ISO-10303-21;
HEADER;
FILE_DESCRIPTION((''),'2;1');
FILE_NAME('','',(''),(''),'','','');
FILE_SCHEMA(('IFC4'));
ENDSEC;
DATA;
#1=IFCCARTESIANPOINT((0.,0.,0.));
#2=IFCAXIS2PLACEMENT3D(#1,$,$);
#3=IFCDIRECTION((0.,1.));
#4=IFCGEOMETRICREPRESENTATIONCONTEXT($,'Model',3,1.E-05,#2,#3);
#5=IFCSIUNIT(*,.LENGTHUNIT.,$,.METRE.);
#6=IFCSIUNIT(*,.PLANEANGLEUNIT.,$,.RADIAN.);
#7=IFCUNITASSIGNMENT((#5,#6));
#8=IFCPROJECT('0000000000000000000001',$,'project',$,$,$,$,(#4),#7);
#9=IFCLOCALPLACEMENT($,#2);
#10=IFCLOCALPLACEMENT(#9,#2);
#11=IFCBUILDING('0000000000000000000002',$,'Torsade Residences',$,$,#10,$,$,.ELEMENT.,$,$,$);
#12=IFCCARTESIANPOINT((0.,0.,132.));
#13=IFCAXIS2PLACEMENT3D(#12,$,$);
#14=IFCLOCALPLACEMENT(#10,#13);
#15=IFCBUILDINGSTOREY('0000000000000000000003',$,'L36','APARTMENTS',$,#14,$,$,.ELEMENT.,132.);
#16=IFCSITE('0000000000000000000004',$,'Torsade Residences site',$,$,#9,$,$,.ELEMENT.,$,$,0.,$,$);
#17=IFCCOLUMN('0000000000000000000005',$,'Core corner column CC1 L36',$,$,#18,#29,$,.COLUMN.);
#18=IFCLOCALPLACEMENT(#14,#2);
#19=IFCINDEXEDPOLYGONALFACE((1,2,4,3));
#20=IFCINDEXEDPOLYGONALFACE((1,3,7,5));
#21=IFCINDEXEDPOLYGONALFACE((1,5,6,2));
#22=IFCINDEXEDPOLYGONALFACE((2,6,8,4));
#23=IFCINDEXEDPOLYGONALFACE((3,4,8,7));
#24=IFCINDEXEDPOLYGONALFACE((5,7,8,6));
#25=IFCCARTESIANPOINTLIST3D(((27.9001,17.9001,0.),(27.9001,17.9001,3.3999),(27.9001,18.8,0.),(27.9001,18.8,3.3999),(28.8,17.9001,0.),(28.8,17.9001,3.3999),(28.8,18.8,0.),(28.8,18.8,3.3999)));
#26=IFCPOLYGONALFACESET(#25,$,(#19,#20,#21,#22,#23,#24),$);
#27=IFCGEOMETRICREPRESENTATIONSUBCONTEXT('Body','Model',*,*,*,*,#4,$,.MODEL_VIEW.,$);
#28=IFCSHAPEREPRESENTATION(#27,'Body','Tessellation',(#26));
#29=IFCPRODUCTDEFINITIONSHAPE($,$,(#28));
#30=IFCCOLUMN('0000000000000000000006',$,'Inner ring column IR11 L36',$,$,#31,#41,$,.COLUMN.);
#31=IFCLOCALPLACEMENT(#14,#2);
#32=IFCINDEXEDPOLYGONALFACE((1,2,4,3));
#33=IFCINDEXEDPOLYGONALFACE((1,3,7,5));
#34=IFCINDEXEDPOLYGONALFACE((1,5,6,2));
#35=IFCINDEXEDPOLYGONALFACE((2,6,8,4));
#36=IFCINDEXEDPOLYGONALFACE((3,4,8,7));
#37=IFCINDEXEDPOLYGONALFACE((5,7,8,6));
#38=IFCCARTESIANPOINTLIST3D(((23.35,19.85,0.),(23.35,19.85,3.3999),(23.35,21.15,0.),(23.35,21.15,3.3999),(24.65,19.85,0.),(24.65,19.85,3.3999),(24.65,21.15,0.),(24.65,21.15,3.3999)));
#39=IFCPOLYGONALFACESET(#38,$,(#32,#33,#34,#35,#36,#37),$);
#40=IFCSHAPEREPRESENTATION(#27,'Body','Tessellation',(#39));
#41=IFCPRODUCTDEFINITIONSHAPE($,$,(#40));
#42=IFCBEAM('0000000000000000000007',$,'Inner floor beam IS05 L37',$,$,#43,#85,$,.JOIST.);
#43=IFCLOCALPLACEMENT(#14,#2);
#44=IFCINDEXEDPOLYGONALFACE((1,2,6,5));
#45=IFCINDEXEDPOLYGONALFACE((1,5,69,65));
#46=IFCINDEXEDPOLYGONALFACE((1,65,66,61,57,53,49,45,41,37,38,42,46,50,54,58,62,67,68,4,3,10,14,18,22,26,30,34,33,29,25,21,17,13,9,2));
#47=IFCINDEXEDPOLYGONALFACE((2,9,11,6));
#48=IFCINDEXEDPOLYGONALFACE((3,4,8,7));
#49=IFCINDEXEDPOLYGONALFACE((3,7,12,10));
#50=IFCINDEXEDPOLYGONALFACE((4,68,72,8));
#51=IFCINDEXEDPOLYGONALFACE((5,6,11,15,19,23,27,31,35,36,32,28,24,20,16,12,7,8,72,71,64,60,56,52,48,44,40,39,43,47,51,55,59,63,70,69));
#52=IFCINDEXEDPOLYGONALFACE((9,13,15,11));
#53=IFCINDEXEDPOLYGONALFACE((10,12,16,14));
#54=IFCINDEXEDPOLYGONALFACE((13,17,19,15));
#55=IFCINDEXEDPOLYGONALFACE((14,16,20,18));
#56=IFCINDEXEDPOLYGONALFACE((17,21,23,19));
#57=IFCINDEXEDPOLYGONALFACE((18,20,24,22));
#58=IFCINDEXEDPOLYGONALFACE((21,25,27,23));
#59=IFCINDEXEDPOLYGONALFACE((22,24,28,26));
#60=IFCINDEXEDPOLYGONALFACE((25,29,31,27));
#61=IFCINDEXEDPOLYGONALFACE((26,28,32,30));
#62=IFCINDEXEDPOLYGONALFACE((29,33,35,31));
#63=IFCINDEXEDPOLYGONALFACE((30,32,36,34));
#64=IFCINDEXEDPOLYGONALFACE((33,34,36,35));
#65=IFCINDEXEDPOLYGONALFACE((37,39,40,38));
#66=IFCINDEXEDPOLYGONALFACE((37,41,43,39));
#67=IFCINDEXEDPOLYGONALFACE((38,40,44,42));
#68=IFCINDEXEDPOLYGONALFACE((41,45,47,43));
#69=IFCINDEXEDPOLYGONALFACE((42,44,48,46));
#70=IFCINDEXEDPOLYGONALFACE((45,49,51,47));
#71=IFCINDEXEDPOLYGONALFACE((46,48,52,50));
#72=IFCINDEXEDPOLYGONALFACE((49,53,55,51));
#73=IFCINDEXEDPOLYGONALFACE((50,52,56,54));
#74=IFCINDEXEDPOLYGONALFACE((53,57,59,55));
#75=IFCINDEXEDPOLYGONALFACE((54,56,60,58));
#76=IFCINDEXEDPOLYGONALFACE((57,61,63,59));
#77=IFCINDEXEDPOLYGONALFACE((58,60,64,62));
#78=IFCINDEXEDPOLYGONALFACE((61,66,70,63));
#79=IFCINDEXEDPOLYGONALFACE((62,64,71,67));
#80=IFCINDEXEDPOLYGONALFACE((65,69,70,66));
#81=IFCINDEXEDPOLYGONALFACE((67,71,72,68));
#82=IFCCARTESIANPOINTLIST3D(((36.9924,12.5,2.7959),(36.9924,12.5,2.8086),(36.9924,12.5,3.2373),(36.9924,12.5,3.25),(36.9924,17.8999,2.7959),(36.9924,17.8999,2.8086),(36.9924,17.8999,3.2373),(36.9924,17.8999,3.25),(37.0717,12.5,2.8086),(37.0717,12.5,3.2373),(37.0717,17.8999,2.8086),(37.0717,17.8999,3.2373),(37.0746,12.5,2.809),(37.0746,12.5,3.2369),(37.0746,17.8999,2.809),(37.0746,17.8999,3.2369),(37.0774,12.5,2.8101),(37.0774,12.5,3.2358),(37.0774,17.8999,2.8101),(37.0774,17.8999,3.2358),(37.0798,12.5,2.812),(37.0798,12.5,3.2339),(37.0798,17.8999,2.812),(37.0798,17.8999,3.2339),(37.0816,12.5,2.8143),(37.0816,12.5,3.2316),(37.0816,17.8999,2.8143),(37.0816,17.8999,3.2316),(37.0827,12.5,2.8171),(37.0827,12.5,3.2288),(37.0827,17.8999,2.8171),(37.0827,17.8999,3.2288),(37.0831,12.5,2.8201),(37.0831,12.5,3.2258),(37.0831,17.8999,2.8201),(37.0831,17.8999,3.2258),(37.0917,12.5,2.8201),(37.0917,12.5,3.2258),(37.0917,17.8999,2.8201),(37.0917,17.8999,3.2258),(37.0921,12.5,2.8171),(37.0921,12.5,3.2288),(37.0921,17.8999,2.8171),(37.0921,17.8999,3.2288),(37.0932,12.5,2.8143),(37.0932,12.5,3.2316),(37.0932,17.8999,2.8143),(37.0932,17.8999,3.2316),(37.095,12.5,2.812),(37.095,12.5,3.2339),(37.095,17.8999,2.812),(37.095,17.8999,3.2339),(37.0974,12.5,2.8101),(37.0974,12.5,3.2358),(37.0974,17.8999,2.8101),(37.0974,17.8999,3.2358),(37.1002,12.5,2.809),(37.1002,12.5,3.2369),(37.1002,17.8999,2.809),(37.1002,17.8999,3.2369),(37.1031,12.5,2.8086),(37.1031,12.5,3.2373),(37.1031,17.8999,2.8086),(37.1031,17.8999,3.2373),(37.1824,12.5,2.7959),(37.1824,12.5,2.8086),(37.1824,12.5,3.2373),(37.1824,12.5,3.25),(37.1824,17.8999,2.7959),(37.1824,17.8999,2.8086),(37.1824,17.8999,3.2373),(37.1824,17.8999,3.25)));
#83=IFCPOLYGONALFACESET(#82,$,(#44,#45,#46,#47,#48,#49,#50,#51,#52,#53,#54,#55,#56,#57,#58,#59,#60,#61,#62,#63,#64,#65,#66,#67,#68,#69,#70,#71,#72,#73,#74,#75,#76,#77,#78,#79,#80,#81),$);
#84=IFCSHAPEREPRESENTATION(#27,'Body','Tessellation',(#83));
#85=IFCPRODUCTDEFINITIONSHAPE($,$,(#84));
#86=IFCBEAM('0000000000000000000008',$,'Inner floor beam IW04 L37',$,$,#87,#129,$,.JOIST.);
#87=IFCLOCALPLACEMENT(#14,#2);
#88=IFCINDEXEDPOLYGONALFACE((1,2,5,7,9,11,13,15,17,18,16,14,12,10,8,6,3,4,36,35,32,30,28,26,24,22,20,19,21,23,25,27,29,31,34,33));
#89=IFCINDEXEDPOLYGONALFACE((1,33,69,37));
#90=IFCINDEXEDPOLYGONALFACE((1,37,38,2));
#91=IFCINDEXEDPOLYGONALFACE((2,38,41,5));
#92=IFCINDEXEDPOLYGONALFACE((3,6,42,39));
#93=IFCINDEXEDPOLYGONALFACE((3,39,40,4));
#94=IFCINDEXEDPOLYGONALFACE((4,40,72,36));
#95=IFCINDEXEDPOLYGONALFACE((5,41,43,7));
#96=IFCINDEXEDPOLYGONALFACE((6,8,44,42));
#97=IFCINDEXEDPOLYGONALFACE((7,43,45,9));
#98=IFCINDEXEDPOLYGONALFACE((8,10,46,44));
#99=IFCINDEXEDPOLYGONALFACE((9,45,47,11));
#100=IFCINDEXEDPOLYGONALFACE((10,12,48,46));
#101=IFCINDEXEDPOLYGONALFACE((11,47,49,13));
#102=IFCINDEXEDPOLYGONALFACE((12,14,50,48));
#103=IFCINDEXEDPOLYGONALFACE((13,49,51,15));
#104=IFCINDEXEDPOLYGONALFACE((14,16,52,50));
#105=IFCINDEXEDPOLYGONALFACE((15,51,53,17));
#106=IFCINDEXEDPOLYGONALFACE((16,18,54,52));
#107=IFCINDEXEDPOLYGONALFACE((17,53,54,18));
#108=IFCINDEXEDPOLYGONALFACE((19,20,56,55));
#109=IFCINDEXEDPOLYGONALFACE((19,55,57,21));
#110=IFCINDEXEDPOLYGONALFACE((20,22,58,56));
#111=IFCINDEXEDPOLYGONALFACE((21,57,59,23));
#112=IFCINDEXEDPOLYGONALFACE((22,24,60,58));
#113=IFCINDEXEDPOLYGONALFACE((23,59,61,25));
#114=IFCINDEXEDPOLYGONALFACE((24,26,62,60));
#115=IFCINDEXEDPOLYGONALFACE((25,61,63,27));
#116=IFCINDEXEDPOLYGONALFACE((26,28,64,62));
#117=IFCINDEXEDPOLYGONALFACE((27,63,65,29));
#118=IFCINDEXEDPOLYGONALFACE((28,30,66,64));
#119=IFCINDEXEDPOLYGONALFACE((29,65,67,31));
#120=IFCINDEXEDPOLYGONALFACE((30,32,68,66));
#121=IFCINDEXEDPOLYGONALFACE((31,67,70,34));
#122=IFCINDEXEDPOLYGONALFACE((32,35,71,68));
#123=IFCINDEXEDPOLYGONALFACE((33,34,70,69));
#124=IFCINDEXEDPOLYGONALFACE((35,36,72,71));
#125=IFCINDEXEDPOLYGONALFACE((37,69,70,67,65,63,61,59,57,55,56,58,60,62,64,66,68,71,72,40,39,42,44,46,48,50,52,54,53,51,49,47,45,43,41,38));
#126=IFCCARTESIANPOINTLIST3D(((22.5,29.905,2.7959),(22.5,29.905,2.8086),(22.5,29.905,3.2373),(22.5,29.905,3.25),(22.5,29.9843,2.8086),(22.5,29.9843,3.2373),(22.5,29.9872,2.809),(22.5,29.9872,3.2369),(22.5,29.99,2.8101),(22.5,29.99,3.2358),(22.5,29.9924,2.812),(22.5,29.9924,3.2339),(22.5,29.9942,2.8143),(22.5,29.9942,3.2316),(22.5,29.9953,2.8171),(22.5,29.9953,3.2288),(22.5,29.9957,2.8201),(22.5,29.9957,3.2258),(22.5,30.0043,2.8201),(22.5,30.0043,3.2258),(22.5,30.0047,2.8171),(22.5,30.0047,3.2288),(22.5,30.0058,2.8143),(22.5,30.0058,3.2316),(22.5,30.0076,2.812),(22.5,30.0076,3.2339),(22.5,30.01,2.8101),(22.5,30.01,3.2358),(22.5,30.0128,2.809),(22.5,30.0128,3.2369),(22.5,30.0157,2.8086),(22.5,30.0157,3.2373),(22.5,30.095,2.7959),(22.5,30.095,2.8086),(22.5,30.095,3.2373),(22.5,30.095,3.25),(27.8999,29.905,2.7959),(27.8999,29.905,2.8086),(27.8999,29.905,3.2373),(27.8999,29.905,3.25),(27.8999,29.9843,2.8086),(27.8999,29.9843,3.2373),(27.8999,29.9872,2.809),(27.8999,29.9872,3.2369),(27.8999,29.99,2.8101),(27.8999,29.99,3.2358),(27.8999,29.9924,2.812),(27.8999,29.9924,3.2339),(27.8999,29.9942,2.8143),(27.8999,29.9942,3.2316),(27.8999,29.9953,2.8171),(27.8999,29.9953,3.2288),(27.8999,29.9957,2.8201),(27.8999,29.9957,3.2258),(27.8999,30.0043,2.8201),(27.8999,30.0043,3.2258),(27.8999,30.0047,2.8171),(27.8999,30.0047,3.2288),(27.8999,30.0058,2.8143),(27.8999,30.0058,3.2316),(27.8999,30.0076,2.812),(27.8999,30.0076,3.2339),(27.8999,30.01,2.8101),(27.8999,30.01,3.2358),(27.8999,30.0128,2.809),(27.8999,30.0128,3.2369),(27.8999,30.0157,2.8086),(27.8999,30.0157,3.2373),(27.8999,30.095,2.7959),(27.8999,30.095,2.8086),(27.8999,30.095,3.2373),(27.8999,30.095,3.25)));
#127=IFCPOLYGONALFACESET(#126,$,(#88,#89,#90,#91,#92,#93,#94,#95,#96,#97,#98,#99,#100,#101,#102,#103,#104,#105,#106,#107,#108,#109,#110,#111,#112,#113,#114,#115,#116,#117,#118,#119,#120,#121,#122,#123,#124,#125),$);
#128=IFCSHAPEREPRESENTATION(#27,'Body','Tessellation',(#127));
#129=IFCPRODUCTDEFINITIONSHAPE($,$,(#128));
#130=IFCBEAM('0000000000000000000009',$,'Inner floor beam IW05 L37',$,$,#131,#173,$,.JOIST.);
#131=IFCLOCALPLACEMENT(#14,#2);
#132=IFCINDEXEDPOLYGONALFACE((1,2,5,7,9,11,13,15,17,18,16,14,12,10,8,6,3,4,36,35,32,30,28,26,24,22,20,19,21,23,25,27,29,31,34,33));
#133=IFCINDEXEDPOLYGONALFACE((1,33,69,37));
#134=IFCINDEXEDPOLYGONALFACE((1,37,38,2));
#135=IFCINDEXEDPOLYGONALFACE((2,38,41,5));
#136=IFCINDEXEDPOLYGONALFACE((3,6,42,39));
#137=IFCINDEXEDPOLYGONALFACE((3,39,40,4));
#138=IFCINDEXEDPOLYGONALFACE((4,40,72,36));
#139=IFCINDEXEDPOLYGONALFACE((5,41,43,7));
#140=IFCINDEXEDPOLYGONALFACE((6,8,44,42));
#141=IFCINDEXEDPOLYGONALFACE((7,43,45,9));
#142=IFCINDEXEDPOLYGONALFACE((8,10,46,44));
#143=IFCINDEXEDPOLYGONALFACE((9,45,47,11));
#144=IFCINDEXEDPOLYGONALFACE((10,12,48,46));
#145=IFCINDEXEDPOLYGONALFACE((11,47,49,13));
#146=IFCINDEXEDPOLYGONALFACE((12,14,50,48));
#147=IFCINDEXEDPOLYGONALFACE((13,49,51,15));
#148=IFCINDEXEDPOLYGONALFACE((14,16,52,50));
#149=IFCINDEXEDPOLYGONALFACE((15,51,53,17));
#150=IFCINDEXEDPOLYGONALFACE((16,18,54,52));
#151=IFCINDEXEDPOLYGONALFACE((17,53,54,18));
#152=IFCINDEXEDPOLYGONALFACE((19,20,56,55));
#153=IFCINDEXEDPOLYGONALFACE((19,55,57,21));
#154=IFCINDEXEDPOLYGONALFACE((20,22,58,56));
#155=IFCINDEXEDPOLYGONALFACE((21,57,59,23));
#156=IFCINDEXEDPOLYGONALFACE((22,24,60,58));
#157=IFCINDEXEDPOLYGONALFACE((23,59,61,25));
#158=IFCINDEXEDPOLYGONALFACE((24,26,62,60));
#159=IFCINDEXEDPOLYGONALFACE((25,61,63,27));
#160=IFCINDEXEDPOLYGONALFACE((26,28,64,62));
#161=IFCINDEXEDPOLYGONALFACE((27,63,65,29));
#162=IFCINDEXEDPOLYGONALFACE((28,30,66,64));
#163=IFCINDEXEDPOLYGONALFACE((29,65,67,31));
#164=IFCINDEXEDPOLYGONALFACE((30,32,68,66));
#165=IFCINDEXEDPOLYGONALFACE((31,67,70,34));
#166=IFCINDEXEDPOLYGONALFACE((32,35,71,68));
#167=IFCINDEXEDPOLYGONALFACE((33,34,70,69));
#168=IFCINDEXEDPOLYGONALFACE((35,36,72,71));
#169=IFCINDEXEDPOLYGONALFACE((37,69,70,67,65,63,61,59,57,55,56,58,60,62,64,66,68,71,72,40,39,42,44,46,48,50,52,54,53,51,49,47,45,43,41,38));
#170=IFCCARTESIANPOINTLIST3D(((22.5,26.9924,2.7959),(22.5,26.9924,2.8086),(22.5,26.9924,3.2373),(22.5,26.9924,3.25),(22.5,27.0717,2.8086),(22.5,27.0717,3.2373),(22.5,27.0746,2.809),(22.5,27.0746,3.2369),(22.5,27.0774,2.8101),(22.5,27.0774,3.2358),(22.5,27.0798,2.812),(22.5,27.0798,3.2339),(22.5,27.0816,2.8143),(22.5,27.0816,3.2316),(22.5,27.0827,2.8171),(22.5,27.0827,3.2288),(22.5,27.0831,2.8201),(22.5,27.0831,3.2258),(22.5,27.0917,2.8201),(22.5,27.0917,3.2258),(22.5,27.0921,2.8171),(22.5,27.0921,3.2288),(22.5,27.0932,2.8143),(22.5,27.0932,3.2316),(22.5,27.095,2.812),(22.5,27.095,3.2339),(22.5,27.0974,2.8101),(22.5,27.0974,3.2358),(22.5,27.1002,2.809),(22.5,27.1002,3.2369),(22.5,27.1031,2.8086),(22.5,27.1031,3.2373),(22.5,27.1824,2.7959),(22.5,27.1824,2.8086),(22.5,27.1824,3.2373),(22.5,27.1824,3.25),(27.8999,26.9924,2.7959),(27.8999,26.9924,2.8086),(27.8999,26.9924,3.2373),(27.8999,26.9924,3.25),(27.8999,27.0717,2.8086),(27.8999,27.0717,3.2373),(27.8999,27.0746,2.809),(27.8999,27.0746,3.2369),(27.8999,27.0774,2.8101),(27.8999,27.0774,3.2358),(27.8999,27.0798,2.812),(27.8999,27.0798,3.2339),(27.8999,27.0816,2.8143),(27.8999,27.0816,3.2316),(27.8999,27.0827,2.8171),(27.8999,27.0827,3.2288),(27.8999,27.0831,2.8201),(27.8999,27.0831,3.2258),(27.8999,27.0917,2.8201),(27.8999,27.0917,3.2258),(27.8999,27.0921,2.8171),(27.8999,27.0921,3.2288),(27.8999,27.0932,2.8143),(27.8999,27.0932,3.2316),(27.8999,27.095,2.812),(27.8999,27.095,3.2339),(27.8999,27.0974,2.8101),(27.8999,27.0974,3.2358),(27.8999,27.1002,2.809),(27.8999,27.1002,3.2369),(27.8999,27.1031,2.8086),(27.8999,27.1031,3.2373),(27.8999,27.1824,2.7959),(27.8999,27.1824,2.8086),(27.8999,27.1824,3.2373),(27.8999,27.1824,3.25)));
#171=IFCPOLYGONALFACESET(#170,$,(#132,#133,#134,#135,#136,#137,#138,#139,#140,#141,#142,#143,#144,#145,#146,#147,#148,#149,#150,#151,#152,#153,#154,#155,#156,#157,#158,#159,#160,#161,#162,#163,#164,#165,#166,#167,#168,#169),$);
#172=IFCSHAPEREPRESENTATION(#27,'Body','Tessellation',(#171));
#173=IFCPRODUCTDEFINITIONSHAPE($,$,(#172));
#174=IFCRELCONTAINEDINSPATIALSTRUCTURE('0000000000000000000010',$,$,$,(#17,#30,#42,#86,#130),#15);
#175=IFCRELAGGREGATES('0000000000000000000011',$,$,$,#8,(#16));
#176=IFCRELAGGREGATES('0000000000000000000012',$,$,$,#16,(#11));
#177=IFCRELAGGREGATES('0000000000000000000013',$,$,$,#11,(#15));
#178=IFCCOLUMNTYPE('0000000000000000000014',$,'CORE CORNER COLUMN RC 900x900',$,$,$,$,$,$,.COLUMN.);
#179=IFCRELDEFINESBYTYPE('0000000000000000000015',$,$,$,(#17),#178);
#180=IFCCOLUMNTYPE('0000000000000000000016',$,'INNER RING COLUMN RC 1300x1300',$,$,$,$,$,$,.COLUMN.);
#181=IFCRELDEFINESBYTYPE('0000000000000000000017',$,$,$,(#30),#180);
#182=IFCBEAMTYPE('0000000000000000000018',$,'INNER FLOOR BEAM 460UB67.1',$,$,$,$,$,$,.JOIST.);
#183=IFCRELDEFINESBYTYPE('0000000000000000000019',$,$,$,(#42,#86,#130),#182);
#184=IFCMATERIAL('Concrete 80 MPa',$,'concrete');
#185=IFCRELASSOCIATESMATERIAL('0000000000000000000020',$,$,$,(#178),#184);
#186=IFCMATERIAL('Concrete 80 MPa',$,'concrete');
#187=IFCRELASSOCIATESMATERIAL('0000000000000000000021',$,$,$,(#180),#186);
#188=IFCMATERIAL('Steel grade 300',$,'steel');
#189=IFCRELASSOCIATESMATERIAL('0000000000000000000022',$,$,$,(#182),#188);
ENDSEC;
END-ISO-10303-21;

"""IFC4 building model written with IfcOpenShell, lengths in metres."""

from ifc_helpers import new_model, si_unit, direction, frame, origin, origin_2d, place, context, subcontext, project, spatial, rectangle, i_section, extrude, material, material_profile, profile_set, type_object, element, save


model = new_model("IFC4")

# Units and contexts
model_context = context("Model", 3, precision=1e-05, world=origin(), true_north=direction((0.0, 1.0)))
body_context = subcontext(model_context, "Body", "Model", "MODEL_VIEW")
ifc_project = project(units=[si_unit("LENGTHUNIT", "METRE"), si_unit("PLANEANGLEUNIT", "RADIAN")], contexts=[model_context])

# Site, building, storey
site_placement = place(None, origin())
site = spatial("IfcSite", under=ifc_project, at=site_placement, Name="Torsade Residences site", CompositionType="ELEMENT", RefElevation=0.0)
building_placement = place(site_placement, origin())
building = spatial("IfcBuilding", under=site, at=building_placement, Name="Torsade Residences", CompositionType="ELEMENT")
storey_placement = place(building_placement, frame((0.0, 0.0, 132.0)))
storey = spatial("IfcBuildingStorey", under=building, at=storey_placement, Name="L36", Description="APARTMENTS", CompositionType="ELEMENT", Elevation=132.0)

# Columns
ifc_material_1 = material(Name="Concrete 80 MPa", Category="concrete")
ifc_material_profile_1 = material_profile(ifc_material_1, rectangle(XDim=0.8999, YDim=0.8999, at=origin_2d()), Name="RC 900x900")
ifc_profile_set_1 = profile_set([ifc_material_profile_1], Name="Concrete 80 MPa")
column_type_1 = type_object("IfcColumnType", Name="CORE CORNER COLUMN RC 900x900", PredefinedType="COLUMN", material=ifc_profile_set_1)
column_1_placement = place(storey_placement, frame((28.3501, 18.3501, 0.0), z_axis=(0.0, 0.0, 1.0), x_axis=(1.0, 0.0, 0.0)))
element("IfcColumn", 1, at=column_1_placement, inside=storey, type_object=column_type_1, Name="Core corner column CC1 L36", PredefinedType="COLUMN", context=body_context, shape_type="SweptSolid", body=[
    extrude(rectangle(XDim=0.8999, YDim=0.8999, at=origin_2d()), origin(), (0.0, 0.0, 1.0), 3.3999),
])
ifc_material_2 = material(Name="Concrete 80 MPa", Category="concrete")
ifc_material_profile_2 = material_profile(ifc_material_2, rectangle(XDim=1.3, YDim=1.3, at=origin_2d()), Name="RC 1300x1300")
ifc_profile_set_2 = profile_set([ifc_material_profile_2], Name="Concrete 80 MPa")
column_type_2 = type_object("IfcColumnType", Name="INNER RING COLUMN RC 1300x1300", PredefinedType="COLUMN", material=ifc_profile_set_2)
column_2_placement = place(storey_placement, frame((24.0, 20.5, 0.0), z_axis=(0.0, 0.0, 1.0), x_axis=(1.0, 0.0, 0.0)))
element("IfcColumn", 2, at=column_2_placement, inside=storey, type_object=column_type_2, Name="Inner ring column IR11 L36", PredefinedType="COLUMN", context=body_context, shape_type="SweptSolid", body=[
    extrude(rectangle(XDim=1.3, YDim=1.3, at=origin_2d()), origin(), (0.0, 0.0, 1.0), 3.3999),
])

# Beams
ifc_material_3 = material(Name="Steel grade 300", Category="steel")
ifc_material_profile_3 = material_profile(ifc_material_3, i_section(OverallWidth=0.1899, OverallDepth=0.4541, WebThickness=0.0085, FlangeThickness=0.0127, FilletRadius=0.0115, at=origin_2d()), Name="460UB67.1")
ifc_profile_set_3 = profile_set([ifc_material_profile_3], Name="Steel grade 300")
beam_type_1 = type_object("IfcBeamType", Name="INNER FLOOR BEAM 460UB67.1", PredefinedType="JOIST", material=ifc_profile_set_3)
for number, where, z_axis, x_axis, name in (
    (3, (37.0874, 17.8999, 3.0229), (0.0, -1.0, 0.0), (1.0, 0.0, 0.0), "Inner floor beam IS05 L37"),
    (4, (27.8999, 30.0, 3.0229), (-1.0, 0.0, 0.0), (0.0, -1.0, 0.0), "Inner floor beam IW04 L37"),
    (5, (27.8999, 27.0874, 3.0229), (-1.0, 0.0, 0.0), (0.0, -1.0, 0.0), "Inner floor beam IW05 L37"),
):
    element("IfcBeam", number, at=place(storey_placement, frame(where, z_axis=z_axis, x_axis=x_axis)), inside=storey, type_object=beam_type_1, Name=name, PredefinedType="JOIST", context=body_context, shape_type="SweptSolid", body=[
        extrude(i_section(OverallWidth=0.1899, OverallDepth=0.4541, WebThickness=0.0085, FlangeThickness=0.0127, FilletRadius=0.0115, at=origin_2d()), origin(), (0.0, 0.0, 1.0), 5.3999),
    ])

save(model, "model.ifc")
